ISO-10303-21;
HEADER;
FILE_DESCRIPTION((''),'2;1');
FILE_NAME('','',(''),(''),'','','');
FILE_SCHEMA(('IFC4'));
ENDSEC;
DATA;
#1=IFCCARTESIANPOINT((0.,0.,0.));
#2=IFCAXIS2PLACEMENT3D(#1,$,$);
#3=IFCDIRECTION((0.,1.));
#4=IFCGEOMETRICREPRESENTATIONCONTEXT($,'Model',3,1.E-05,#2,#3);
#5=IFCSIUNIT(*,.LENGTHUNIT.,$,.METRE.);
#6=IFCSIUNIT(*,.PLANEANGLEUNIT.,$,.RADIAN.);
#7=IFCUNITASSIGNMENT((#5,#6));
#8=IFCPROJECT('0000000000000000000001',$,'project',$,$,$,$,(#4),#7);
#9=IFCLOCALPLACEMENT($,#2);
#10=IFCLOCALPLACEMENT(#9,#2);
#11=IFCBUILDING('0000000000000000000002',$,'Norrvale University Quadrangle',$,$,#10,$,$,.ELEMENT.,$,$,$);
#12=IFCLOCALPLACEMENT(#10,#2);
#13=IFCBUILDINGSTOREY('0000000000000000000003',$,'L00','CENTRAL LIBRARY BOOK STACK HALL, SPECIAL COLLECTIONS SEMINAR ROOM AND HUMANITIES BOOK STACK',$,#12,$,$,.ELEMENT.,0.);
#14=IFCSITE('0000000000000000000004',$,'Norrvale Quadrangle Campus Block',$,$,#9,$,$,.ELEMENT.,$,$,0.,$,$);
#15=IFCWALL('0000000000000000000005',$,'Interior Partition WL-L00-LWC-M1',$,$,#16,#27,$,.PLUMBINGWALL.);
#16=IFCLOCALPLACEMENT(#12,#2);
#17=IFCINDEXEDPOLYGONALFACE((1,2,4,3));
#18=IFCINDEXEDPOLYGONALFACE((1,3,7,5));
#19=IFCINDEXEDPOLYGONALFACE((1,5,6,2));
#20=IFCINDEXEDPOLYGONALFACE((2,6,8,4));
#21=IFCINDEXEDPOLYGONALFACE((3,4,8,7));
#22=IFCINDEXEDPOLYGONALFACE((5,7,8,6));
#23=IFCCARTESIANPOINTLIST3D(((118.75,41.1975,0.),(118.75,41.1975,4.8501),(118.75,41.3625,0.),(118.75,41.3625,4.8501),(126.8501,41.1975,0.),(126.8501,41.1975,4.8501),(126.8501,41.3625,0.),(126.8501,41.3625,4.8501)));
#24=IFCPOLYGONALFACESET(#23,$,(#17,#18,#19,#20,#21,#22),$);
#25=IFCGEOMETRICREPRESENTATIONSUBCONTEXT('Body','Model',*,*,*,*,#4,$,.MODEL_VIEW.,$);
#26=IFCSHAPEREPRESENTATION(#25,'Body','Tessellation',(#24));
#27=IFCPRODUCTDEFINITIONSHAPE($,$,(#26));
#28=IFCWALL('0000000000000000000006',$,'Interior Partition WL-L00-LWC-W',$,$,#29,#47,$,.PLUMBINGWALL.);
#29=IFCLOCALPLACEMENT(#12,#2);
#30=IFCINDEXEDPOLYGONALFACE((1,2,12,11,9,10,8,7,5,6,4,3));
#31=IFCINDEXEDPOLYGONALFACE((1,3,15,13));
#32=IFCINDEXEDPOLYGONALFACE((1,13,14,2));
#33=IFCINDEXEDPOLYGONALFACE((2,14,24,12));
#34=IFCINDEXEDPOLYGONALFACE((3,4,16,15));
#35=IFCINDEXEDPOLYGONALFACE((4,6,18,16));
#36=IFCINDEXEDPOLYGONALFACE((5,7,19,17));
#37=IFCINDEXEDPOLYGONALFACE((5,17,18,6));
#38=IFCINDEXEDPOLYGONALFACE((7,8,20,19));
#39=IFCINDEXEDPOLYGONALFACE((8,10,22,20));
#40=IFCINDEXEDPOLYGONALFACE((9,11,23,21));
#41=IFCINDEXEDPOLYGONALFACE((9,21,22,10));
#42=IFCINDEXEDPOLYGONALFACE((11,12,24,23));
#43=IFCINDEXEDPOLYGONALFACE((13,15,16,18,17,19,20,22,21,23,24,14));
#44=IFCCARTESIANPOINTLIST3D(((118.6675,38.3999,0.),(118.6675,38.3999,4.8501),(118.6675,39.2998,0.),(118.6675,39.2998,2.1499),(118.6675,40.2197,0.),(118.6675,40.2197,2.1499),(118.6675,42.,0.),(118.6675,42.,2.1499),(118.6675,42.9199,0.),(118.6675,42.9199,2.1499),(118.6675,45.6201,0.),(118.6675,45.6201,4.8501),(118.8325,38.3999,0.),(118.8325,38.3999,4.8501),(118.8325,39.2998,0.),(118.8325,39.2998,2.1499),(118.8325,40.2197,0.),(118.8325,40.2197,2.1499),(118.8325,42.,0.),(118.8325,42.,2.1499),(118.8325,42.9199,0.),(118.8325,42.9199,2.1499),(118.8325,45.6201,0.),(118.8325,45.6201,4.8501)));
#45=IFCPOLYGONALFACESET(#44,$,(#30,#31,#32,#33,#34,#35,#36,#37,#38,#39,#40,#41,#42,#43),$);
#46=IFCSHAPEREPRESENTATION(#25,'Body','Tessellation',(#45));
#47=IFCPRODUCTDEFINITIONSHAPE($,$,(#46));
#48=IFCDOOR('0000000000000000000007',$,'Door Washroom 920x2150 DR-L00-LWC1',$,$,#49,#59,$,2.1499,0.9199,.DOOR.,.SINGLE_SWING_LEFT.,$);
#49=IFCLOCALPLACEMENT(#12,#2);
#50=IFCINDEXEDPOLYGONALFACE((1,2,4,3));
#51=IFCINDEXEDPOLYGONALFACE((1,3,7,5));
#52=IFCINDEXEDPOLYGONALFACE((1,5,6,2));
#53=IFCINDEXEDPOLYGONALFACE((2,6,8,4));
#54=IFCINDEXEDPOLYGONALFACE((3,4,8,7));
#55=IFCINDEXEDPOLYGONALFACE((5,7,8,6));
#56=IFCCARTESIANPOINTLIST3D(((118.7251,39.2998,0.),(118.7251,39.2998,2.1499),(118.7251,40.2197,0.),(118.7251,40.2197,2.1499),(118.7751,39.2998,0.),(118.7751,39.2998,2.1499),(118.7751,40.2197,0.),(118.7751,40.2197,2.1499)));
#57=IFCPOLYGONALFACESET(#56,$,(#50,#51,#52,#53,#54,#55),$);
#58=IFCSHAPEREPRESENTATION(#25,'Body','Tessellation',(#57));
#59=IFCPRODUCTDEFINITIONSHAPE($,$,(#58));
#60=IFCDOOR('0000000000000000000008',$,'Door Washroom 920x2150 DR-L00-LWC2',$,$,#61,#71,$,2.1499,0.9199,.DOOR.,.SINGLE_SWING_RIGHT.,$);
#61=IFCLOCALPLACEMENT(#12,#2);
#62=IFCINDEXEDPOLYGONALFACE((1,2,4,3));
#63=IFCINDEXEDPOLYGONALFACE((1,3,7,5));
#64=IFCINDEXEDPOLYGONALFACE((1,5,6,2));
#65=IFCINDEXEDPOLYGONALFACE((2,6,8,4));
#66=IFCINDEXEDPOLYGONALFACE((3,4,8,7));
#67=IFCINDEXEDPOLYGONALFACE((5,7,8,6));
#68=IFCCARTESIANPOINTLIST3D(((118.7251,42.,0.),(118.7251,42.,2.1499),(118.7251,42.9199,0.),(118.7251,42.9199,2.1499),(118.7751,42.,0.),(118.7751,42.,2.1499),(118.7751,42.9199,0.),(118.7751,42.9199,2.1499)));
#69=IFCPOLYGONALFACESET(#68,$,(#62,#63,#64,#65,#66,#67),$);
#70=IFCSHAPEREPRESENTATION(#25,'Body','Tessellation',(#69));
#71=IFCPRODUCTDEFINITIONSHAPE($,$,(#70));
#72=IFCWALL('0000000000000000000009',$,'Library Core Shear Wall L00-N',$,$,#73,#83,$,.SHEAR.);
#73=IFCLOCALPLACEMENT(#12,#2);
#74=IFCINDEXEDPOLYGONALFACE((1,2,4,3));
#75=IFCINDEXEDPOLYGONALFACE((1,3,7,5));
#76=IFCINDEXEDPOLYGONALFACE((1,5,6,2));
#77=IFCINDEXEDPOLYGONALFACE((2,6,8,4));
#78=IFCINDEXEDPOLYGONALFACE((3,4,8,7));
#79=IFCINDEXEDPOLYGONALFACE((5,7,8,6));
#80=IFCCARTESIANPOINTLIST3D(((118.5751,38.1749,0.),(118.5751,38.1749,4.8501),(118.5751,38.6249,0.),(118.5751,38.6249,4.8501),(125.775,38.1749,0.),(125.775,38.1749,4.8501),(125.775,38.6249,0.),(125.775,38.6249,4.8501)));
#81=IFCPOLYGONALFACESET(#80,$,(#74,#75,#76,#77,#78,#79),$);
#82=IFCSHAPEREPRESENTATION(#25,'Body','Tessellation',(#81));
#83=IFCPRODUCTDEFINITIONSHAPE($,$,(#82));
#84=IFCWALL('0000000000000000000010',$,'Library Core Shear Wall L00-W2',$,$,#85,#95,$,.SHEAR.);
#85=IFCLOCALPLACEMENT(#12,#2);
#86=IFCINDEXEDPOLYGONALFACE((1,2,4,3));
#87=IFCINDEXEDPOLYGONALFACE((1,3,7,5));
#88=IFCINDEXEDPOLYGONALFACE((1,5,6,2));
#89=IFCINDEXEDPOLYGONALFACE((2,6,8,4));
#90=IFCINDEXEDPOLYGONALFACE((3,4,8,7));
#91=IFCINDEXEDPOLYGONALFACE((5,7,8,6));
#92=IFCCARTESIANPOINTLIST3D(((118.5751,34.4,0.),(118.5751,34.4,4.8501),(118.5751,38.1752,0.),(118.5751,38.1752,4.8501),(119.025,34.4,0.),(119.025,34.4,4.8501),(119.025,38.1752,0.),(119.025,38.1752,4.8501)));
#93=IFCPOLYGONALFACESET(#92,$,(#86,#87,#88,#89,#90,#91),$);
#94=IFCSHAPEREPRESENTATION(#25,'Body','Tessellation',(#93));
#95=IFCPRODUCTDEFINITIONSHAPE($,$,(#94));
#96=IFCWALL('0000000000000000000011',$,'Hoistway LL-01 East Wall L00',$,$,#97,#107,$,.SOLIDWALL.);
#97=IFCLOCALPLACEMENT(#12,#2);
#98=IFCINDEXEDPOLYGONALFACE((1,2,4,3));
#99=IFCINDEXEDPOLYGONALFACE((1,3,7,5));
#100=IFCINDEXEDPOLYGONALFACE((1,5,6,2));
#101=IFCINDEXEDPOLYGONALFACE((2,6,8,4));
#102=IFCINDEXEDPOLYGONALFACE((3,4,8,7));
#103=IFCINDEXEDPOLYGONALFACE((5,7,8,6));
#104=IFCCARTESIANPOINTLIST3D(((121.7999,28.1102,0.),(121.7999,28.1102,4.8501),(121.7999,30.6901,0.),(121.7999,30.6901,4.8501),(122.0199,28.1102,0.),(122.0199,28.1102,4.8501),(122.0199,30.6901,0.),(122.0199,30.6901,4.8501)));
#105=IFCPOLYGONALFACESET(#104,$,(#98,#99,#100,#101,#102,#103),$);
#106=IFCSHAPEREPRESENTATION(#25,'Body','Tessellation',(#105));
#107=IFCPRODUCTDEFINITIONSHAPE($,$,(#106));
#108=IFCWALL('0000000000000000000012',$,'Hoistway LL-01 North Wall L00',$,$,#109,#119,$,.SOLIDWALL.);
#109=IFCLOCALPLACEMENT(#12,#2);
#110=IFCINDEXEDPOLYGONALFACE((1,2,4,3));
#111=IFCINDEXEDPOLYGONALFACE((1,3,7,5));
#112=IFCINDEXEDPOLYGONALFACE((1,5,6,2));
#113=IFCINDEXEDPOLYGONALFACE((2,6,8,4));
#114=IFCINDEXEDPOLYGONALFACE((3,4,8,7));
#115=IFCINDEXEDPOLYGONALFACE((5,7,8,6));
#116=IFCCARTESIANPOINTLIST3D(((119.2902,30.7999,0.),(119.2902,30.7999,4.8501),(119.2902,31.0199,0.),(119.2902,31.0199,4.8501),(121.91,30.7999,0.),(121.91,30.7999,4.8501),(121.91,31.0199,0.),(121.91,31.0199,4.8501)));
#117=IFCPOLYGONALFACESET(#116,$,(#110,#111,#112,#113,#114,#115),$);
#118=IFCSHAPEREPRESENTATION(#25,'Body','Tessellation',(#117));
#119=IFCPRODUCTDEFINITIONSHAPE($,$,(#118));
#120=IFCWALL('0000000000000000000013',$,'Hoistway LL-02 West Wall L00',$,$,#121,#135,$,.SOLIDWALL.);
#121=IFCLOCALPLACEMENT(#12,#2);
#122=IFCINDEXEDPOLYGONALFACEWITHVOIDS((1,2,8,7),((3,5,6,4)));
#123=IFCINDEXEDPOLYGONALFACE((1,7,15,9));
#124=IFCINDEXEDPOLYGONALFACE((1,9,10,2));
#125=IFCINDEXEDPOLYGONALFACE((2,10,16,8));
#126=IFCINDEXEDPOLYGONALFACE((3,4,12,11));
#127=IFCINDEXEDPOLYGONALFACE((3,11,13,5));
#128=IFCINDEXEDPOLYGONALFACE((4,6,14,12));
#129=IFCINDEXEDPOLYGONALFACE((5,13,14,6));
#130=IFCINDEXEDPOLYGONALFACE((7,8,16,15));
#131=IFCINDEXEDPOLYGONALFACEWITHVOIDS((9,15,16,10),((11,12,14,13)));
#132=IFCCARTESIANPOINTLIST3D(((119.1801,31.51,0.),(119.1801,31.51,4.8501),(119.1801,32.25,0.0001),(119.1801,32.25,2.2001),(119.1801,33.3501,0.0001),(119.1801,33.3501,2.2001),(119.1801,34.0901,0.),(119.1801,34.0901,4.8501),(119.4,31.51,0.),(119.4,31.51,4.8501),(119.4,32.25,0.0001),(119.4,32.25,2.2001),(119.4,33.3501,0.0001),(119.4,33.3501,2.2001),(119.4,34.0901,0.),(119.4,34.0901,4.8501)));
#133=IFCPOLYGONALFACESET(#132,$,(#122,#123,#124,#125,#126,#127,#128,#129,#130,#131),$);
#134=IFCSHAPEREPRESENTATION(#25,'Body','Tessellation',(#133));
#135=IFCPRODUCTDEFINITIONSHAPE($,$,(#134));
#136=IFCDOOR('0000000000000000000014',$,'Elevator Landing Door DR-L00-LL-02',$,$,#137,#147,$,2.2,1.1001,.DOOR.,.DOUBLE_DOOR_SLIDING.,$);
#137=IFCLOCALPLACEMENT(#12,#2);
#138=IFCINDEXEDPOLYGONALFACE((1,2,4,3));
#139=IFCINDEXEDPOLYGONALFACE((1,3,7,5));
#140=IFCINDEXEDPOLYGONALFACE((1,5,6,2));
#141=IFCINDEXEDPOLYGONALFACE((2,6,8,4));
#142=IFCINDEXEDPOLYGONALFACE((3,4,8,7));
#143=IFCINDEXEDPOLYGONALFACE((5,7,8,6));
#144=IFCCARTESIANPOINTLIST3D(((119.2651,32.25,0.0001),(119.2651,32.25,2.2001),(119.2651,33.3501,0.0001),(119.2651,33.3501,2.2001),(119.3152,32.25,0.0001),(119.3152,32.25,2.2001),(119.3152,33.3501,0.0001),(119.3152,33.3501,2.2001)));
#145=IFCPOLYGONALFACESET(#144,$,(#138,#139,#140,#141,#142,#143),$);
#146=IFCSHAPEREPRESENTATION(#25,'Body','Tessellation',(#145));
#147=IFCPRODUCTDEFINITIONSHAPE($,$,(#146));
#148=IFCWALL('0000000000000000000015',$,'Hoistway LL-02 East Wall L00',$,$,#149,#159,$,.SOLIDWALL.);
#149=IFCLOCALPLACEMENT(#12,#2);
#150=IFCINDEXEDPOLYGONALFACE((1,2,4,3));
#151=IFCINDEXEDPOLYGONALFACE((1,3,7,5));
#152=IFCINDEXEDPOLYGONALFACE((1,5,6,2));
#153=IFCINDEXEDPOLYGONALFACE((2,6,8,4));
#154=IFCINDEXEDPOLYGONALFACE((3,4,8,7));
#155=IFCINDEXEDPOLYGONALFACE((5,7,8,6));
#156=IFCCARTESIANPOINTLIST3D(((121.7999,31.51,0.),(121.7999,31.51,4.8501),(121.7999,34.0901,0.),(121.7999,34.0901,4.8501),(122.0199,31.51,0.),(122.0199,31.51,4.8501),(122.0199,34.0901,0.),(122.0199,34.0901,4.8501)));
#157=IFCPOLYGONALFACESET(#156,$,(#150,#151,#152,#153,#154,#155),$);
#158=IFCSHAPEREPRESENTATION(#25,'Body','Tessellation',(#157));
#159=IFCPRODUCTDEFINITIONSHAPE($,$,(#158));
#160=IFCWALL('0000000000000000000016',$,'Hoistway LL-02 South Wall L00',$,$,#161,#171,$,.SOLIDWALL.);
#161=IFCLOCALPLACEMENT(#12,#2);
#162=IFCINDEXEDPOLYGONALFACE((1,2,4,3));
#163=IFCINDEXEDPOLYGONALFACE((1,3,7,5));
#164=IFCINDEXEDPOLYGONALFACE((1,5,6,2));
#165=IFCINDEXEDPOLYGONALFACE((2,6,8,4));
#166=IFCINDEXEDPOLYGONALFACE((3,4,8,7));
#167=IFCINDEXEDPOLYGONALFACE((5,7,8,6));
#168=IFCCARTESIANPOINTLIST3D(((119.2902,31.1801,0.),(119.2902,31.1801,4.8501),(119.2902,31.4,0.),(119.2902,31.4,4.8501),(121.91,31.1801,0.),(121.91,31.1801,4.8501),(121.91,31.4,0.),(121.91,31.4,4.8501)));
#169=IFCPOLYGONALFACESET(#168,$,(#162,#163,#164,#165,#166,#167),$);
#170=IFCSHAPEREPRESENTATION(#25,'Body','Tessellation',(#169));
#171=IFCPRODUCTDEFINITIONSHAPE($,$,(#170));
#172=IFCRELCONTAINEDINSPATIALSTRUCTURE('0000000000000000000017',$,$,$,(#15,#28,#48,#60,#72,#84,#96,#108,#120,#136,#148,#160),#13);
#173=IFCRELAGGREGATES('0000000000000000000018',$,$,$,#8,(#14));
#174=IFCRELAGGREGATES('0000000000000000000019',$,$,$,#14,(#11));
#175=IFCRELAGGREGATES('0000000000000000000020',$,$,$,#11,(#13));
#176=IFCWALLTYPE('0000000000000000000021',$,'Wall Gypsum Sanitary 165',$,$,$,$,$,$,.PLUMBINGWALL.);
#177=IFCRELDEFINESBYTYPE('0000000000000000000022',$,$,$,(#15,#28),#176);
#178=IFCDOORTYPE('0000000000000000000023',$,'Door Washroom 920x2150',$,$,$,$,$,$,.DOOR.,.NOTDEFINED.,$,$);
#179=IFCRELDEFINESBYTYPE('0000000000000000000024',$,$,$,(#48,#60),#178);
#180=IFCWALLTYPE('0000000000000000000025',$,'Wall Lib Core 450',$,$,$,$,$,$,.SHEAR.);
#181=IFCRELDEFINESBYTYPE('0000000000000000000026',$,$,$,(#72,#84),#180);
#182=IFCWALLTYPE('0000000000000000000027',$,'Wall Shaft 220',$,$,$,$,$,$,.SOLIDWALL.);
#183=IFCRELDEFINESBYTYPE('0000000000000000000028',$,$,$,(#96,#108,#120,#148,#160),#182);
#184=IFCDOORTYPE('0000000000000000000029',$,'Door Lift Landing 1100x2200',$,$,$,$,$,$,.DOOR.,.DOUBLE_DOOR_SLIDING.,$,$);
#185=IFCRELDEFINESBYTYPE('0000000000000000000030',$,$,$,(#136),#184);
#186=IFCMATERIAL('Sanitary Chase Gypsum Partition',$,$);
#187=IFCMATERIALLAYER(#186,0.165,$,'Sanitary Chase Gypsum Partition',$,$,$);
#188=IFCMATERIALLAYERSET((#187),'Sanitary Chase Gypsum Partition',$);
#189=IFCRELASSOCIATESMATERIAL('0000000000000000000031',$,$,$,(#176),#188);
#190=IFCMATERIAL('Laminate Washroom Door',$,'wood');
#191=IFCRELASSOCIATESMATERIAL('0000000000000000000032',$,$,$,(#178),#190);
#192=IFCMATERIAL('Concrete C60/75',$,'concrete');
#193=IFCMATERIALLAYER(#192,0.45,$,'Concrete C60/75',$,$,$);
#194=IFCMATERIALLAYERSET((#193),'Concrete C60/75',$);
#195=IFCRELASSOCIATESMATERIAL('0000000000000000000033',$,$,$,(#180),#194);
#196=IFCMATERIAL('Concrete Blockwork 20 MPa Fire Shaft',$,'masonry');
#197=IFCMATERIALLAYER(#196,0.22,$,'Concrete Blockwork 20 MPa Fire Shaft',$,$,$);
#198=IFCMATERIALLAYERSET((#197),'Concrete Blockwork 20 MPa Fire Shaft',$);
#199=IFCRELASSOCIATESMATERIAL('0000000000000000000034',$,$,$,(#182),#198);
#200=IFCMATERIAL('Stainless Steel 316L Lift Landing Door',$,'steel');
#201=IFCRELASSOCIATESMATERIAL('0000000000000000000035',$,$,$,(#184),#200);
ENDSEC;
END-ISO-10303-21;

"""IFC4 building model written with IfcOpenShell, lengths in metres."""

from ifc_helpers import new_model, si_unit, direction, frame, frame_2d, origin, place, context, subcontext, project, spatial, rectangle, extrude, material, layer, layer_set, type_object, element, fill, save


model = new_model("IFC4")

# Units and contexts
model_context = context("Model", 3, precision=1e-05, world=origin(), true_north=direction((0.0, 1.0)))
body_context = subcontext(model_context, "Body", "Model", "MODEL_VIEW")
ifc_project = project(units=[si_unit("LENGTHUNIT", "METRE"), si_unit("PLANEANGLEUNIT", "RADIAN")], contexts=[model_context])

# Site, building, storey
site_placement = place(None, origin())
site = spatial("IfcSite", under=ifc_project, at=site_placement, Name="Norrvale Quadrangle Campus Block", CompositionType="ELEMENT", RefElevation=0.0)
building_placement = place(site_placement, origin())
building = spatial("IfcBuilding", under=site, at=building_placement, Name="Norrvale University Quadrangle", CompositionType="ELEMENT")
storey_placement = place(building_placement, origin())
storey = spatial("IfcBuildingStorey", under=building, at=storey_placement, Name="L00", Description="CENTRAL LIBRARY BOOK STACK HALL, SPECIAL COLLECTIONS SEMINAR ROOM AND HUMANITIES BOOK STACK", CompositionType="ELEMENT", Elevation=0.0)

# Shared definitions
ifc_material_1 = material(Name="Concrete C60/75", Category="concrete")

# Wall
ifc_material_2 = material(Name="Sanitary Chase Gypsum Partition")
ifc_layer_1 = layer(ifc_material_2, 0.165, Name="Sanitary Chase Gypsum Partition")
ifc_layer_set_1 = layer_set([ifc_layer_1], Name="Sanitary Chase Gypsum Partition")
wall_type_1 = type_object("IfcWallType", Name="Wall Gypsum Sanitary 165", PredefinedType="PLUMBINGWALL", material=ifc_layer_set_1)
wall_1_placement = place(storey_placement, frame((118.75, 41.28, 0.0), z_axis=(0.0, 0.0, 1.0), x_axis=(1.0, 0.0, 0.0)))
element("IfcWall", 1, at=wall_1_placement, inside=storey, type_object=wall_type_1, Name="Interior Partition WL-L00-LWC-M1", PredefinedType="PLUMBINGWALL", context=body_context, shape_type="SweptSolid", body=[
    extrude(rectangle(XDim=8.1001, YDim=0.165, at=frame_2d((4.05, 0.0))), origin(), (0.0, 0.0, 1.0), 4.8501),
])

# Wall, openings, doors
wall_2_placement = place(storey_placement, frame((118.75, 38.3999, 0.0), z_axis=(0.0, 0.0, 1.0), x_axis=(0.0, 1.0, 0.0)))
wall_2 = element("IfcWall", 2, at=wall_2_placement, inside=storey, type_object=wall_type_1, Name="Interior Partition WL-L00-LWC-W", PredefinedType="PLUMBINGWALL", context=body_context, shape_type="SweptSolid", body=[
    extrude(rectangle(XDim=7.2202, YDim=0.165, at=frame_2d((3.6101, 0.0))), origin(), (0.0, 0.0, 1.0), 4.8501),
])
opening_1_placement = place(wall_2_placement, frame((0.8999, 0.0, 0.0)))
opening_1 = element("IfcOpeningElement", 3, at=opening_1_placement, cuts=wall_2, PredefinedType="OPENING", context=body_context, shape_type="SweptSolid", body=[
    extrude(rectangle(XDim=0.9199, YDim=2.1499, at=frame_2d((0.46, 1.075))), frame((0.0, 0.0945, 0.0), z_axis=(0.0, -1.0, 0.0), x_axis=(1.0, 0.0, 0.0)), (0.0, 0.0, 1.0), 0.189),
])
opening_2_placement = place(wall_2_placement, frame((3.6001, 0.0, 0.0)))
opening_2 = element("IfcOpeningElement", 4, at=opening_2_placement, cuts=wall_2, PredefinedType="OPENING", context=body_context, shape_type="SweptSolid", body=[
    extrude(rectangle(XDim=0.9199, YDim=2.1499, at=frame_2d((0.46, 1.075))), frame((0.0, 0.0945, 0.0), z_axis=(0.0, -1.0, 0.0), x_axis=(1.0, 0.0, 0.0)), (0.0, 0.0, 1.0), 0.189),
])
ifc_material_3 = material(Name="Laminate Washroom Door", Category="wood")
door_type_1 = type_object("IfcDoorType", Name="Door Washroom 920x2150", OperationType="NOTDEFINED", PredefinedType="DOOR", material=ifc_material_3)
door_1_placement = place(opening_1_placement, origin())
door_1 = element("IfcDoor", 5, at=door_1_placement, inside=storey, type_object=door_type_1, Name="Door Washroom 920x2150 DR-L00-LWC1", OperationType="SINGLE_SWING_LEFT", OverallHeight=2.1499, OverallWidth=0.9199, PredefinedType="DOOR", context=body_context, shape_type="SweptSolid", body=[
    extrude(rectangle(XDim=0.9199, YDim=2.1499, at=frame_2d((0.46, 1.075))), frame((0.0, 0.0249, 0.0), z_axis=(0.0, -1.0, 0.0), x_axis=(1.0, 0.0, 0.0)), (0.0, 0.0, 1.0), 0.05),
])
fill(opening_1, door_1)
door_2_placement = place(opening_2_placement, origin())
door_2 = element("IfcDoor", 6, at=door_2_placement, inside=storey, type_object=door_type_1, Name="Door Washroom 920x2150 DR-L00-LWC2", OperationType="SINGLE_SWING_RIGHT", OverallHeight=2.1499, OverallWidth=0.9199, PredefinedType="DOOR", context=body_context, shape_type="SweptSolid", body=[
    extrude(rectangle(XDim=0.9199, YDim=2.1499, at=frame_2d((0.46, 1.075))), frame((0.0, 0.0249, 0.0), z_axis=(0.0, -1.0, 0.0), x_axis=(1.0, 0.0, 0.0)), (0.0, 0.0, 1.0), 0.05),
])
fill(opening_2, door_2)

# Walls
ifc_layer_2 = layer(ifc_material_1, 0.45, Name="Concrete C60/75")
ifc_layer_set_2 = layer_set([ifc_layer_2], Name="Concrete C60/75")
wall_type_2 = type_object("IfcWallType", Name="Wall Lib Core 450", PredefinedType="SHEAR", material=ifc_layer_set_2)
wall_3_placement = place(storey_placement, frame((118.575, 38.3999, 0.0), z_axis=(0.0, 0.0, 1.0), x_axis=(1.0, 0.0, 0.0)))
element("IfcWall", 7, at=wall_3_placement, inside=storey, type_object=wall_type_2, Name="Library Core Shear Wall L00-N", PredefinedType="SHEAR", context=body_context, shape_type="SweptSolid", body=[
    extrude(rectangle(XDim=7.2, YDim=0.45, at=frame_2d((3.6001, 0.0))), origin(), (0.0, 0.0, 1.0), 4.8501),
])
wall_4_placement = place(storey_placement, frame((118.8, 34.3999, 0.0), z_axis=(0.0, 0.0, 1.0), x_axis=(0.0, 1.0, 0.0)))
element("IfcWall", 8, at=wall_4_placement, inside=storey, type_object=wall_type_2, Name="Library Core Shear Wall L00-W2", PredefinedType="SHEAR", context=body_context, shape_type="SweptSolid", body=[
    extrude(rectangle(XDim=3.7751, YDim=0.45, at=frame_2d((1.8877, 0.0))), origin(), (0.0, 0.0, 1.0), 4.8501),
])
ifc_material_4 = material(Name="Concrete Blockwork 20 MPa Fire Shaft", Category="masonry")
ifc_layer_3 = layer(ifc_material_4, 0.22, Name="Concrete Blockwork 20 MPa Fire Shaft")
ifc_layer_set_3 = layer_set([ifc_layer_3], Name="Concrete Blockwork 20 MPa Fire Shaft")
wall_type_3 = type_object("IfcWallType", Name="Wall Shaft 220", PredefinedType="SOLIDWALL", material=ifc_layer_set_3)
wall_5_placement = place(storey_placement, frame((121.9099, 28.1101, 0.0), z_axis=(0.0, 0.0, 1.0), x_axis=(0.0, 1.0, 0.0)))
element("IfcWall", 9, at=wall_5_placement, inside=storey, type_object=wall_type_3, Name="Hoistway LL-01 East Wall L00", PredefinedType="SOLIDWALL", context=body_context, shape_type="SweptSolid", body=[
    extrude(rectangle(XDim=2.5798, YDim=0.22, at=frame_2d((1.29, 0.0))), origin(), (0.0, 0.0, 1.0), 4.8501),
])
wall_6_placement = place(storey_placement, frame((119.29, 30.9099, 0.0), z_axis=(0.0, 0.0, 1.0), x_axis=(1.0, 0.0, 0.0)))
element("IfcWall", 10, at=wall_6_placement, inside=storey, type_object=wall_type_3, Name="Hoistway LL-01 North Wall L00", PredefinedType="SOLIDWALL", context=body_context, shape_type="SweptSolid", body=[
    extrude(rectangle(XDim=2.6199, YDim=0.22, at=frame_2d((1.3101, 0.0))), origin(), (0.0, 0.0, 1.0), 4.8501),
])

# Wall, opening, door
wall_7_placement = place(storey_placement, frame((119.29, 31.51, 0.0), z_axis=(0.0, 0.0, 1.0), x_axis=(0.0, 1.0, 0.0)))
wall_7 = element("IfcWall", 11, at=wall_7_placement, inside=storey, type_object=wall_type_3, Name="Hoistway LL-02 West Wall L00", PredefinedType="SOLIDWALL", context=body_context, shape_type="SweptSolid", body=[
    extrude(rectangle(XDim=2.5801, YDim=0.22, at=frame_2d((1.29, 0.0))), origin(), (0.0, 0.0, 1.0), 4.8501),
])
opening_3_placement = place(wall_7_placement, frame((0.74, 0.0, 0.0)))
opening_3 = element("IfcOpeningElement", 12, at=opening_3_placement, cuts=wall_7, PredefinedType="OPENING", context=body_context, shape_type="SweptSolid", body=[
    extrude(rectangle(XDim=1.1001, YDim=2.2, at=frame_2d((0.55, 1.1001))), frame((0.0, 0.1221, 0.0), z_axis=(0.0, -1.0, 0.0), x_axis=(1.0, 0.0, 0.0)), (0.0, 0.0, 1.0), 0.2439),
])
ifc_material_5 = material(Name="Stainless Steel 316L Lift Landing Door", Category="steel")
door_type_2 = type_object("IfcDoorType", Name="Door Lift Landing 1100x2200", OperationType="DOUBLE_DOOR_SLIDING", PredefinedType="DOOR", material=ifc_material_5)
door_3_placement = place(opening_3_placement, origin())
door_3 = element("IfcDoor", 13, at=door_3_placement, inside=storey, type_object=door_type_2, Name="Elevator Landing Door DR-L00-LL-02", OperationType="DOUBLE_DOOR_SLIDING", OverallHeight=2.2, OverallWidth=1.1001, PredefinedType="DOOR", context=body_context, shape_type="SweptSolid", body=[
    extrude(rectangle(XDim=1.1001, YDim=2.2, at=frame_2d((0.55, 1.1001))), frame((0.0, 0.0249, 0.0), z_axis=(0.0, -1.0, 0.0), x_axis=(1.0, 0.0, 0.0)), (0.0, 0.0, 1.0), 0.05),
])
fill(opening_3, door_3)

# Walls
wall_8_placement = place(storey_placement, frame((121.9099, 31.51, 0.0), z_axis=(0.0, 0.0, 1.0), x_axis=(0.0, 1.0, 0.0)))
element("IfcWall", 14, at=wall_8_placement, inside=storey, type_object=wall_type_3, Name="Hoistway LL-02 East Wall L00", PredefinedType="SOLIDWALL", context=body_context, shape_type="SweptSolid", body=[
    extrude(rectangle(XDim=2.5801, YDim=0.22, at=frame_2d((1.29, 0.0))), origin(), (0.0, 0.0, 1.0), 4.8501),
])
for number, where, z_axis, x_axis, name in (
    (15, (119.29, 31.29, 0.0), (0.0, 0.0, 1.0), (1.0, 0.0, 0.0), "Hoistway LL-02 South Wall L00"),
):
    element("IfcWall", number, at=place(storey_placement, frame(where, z_axis=z_axis, x_axis=x_axis)), inside=storey, type_object=wall_type_3, Name=name, PredefinedType="SOLIDWALL", context=body_context, shape_type="SweptSolid", body=[
        extrude(rectangle(XDim=2.6199, YDim=0.22, at=frame_2d((1.3101, 0.0))), origin(), (0.0, 0.0, 1.0), 4.8501),
    ])

save(model, "model.ifc")
